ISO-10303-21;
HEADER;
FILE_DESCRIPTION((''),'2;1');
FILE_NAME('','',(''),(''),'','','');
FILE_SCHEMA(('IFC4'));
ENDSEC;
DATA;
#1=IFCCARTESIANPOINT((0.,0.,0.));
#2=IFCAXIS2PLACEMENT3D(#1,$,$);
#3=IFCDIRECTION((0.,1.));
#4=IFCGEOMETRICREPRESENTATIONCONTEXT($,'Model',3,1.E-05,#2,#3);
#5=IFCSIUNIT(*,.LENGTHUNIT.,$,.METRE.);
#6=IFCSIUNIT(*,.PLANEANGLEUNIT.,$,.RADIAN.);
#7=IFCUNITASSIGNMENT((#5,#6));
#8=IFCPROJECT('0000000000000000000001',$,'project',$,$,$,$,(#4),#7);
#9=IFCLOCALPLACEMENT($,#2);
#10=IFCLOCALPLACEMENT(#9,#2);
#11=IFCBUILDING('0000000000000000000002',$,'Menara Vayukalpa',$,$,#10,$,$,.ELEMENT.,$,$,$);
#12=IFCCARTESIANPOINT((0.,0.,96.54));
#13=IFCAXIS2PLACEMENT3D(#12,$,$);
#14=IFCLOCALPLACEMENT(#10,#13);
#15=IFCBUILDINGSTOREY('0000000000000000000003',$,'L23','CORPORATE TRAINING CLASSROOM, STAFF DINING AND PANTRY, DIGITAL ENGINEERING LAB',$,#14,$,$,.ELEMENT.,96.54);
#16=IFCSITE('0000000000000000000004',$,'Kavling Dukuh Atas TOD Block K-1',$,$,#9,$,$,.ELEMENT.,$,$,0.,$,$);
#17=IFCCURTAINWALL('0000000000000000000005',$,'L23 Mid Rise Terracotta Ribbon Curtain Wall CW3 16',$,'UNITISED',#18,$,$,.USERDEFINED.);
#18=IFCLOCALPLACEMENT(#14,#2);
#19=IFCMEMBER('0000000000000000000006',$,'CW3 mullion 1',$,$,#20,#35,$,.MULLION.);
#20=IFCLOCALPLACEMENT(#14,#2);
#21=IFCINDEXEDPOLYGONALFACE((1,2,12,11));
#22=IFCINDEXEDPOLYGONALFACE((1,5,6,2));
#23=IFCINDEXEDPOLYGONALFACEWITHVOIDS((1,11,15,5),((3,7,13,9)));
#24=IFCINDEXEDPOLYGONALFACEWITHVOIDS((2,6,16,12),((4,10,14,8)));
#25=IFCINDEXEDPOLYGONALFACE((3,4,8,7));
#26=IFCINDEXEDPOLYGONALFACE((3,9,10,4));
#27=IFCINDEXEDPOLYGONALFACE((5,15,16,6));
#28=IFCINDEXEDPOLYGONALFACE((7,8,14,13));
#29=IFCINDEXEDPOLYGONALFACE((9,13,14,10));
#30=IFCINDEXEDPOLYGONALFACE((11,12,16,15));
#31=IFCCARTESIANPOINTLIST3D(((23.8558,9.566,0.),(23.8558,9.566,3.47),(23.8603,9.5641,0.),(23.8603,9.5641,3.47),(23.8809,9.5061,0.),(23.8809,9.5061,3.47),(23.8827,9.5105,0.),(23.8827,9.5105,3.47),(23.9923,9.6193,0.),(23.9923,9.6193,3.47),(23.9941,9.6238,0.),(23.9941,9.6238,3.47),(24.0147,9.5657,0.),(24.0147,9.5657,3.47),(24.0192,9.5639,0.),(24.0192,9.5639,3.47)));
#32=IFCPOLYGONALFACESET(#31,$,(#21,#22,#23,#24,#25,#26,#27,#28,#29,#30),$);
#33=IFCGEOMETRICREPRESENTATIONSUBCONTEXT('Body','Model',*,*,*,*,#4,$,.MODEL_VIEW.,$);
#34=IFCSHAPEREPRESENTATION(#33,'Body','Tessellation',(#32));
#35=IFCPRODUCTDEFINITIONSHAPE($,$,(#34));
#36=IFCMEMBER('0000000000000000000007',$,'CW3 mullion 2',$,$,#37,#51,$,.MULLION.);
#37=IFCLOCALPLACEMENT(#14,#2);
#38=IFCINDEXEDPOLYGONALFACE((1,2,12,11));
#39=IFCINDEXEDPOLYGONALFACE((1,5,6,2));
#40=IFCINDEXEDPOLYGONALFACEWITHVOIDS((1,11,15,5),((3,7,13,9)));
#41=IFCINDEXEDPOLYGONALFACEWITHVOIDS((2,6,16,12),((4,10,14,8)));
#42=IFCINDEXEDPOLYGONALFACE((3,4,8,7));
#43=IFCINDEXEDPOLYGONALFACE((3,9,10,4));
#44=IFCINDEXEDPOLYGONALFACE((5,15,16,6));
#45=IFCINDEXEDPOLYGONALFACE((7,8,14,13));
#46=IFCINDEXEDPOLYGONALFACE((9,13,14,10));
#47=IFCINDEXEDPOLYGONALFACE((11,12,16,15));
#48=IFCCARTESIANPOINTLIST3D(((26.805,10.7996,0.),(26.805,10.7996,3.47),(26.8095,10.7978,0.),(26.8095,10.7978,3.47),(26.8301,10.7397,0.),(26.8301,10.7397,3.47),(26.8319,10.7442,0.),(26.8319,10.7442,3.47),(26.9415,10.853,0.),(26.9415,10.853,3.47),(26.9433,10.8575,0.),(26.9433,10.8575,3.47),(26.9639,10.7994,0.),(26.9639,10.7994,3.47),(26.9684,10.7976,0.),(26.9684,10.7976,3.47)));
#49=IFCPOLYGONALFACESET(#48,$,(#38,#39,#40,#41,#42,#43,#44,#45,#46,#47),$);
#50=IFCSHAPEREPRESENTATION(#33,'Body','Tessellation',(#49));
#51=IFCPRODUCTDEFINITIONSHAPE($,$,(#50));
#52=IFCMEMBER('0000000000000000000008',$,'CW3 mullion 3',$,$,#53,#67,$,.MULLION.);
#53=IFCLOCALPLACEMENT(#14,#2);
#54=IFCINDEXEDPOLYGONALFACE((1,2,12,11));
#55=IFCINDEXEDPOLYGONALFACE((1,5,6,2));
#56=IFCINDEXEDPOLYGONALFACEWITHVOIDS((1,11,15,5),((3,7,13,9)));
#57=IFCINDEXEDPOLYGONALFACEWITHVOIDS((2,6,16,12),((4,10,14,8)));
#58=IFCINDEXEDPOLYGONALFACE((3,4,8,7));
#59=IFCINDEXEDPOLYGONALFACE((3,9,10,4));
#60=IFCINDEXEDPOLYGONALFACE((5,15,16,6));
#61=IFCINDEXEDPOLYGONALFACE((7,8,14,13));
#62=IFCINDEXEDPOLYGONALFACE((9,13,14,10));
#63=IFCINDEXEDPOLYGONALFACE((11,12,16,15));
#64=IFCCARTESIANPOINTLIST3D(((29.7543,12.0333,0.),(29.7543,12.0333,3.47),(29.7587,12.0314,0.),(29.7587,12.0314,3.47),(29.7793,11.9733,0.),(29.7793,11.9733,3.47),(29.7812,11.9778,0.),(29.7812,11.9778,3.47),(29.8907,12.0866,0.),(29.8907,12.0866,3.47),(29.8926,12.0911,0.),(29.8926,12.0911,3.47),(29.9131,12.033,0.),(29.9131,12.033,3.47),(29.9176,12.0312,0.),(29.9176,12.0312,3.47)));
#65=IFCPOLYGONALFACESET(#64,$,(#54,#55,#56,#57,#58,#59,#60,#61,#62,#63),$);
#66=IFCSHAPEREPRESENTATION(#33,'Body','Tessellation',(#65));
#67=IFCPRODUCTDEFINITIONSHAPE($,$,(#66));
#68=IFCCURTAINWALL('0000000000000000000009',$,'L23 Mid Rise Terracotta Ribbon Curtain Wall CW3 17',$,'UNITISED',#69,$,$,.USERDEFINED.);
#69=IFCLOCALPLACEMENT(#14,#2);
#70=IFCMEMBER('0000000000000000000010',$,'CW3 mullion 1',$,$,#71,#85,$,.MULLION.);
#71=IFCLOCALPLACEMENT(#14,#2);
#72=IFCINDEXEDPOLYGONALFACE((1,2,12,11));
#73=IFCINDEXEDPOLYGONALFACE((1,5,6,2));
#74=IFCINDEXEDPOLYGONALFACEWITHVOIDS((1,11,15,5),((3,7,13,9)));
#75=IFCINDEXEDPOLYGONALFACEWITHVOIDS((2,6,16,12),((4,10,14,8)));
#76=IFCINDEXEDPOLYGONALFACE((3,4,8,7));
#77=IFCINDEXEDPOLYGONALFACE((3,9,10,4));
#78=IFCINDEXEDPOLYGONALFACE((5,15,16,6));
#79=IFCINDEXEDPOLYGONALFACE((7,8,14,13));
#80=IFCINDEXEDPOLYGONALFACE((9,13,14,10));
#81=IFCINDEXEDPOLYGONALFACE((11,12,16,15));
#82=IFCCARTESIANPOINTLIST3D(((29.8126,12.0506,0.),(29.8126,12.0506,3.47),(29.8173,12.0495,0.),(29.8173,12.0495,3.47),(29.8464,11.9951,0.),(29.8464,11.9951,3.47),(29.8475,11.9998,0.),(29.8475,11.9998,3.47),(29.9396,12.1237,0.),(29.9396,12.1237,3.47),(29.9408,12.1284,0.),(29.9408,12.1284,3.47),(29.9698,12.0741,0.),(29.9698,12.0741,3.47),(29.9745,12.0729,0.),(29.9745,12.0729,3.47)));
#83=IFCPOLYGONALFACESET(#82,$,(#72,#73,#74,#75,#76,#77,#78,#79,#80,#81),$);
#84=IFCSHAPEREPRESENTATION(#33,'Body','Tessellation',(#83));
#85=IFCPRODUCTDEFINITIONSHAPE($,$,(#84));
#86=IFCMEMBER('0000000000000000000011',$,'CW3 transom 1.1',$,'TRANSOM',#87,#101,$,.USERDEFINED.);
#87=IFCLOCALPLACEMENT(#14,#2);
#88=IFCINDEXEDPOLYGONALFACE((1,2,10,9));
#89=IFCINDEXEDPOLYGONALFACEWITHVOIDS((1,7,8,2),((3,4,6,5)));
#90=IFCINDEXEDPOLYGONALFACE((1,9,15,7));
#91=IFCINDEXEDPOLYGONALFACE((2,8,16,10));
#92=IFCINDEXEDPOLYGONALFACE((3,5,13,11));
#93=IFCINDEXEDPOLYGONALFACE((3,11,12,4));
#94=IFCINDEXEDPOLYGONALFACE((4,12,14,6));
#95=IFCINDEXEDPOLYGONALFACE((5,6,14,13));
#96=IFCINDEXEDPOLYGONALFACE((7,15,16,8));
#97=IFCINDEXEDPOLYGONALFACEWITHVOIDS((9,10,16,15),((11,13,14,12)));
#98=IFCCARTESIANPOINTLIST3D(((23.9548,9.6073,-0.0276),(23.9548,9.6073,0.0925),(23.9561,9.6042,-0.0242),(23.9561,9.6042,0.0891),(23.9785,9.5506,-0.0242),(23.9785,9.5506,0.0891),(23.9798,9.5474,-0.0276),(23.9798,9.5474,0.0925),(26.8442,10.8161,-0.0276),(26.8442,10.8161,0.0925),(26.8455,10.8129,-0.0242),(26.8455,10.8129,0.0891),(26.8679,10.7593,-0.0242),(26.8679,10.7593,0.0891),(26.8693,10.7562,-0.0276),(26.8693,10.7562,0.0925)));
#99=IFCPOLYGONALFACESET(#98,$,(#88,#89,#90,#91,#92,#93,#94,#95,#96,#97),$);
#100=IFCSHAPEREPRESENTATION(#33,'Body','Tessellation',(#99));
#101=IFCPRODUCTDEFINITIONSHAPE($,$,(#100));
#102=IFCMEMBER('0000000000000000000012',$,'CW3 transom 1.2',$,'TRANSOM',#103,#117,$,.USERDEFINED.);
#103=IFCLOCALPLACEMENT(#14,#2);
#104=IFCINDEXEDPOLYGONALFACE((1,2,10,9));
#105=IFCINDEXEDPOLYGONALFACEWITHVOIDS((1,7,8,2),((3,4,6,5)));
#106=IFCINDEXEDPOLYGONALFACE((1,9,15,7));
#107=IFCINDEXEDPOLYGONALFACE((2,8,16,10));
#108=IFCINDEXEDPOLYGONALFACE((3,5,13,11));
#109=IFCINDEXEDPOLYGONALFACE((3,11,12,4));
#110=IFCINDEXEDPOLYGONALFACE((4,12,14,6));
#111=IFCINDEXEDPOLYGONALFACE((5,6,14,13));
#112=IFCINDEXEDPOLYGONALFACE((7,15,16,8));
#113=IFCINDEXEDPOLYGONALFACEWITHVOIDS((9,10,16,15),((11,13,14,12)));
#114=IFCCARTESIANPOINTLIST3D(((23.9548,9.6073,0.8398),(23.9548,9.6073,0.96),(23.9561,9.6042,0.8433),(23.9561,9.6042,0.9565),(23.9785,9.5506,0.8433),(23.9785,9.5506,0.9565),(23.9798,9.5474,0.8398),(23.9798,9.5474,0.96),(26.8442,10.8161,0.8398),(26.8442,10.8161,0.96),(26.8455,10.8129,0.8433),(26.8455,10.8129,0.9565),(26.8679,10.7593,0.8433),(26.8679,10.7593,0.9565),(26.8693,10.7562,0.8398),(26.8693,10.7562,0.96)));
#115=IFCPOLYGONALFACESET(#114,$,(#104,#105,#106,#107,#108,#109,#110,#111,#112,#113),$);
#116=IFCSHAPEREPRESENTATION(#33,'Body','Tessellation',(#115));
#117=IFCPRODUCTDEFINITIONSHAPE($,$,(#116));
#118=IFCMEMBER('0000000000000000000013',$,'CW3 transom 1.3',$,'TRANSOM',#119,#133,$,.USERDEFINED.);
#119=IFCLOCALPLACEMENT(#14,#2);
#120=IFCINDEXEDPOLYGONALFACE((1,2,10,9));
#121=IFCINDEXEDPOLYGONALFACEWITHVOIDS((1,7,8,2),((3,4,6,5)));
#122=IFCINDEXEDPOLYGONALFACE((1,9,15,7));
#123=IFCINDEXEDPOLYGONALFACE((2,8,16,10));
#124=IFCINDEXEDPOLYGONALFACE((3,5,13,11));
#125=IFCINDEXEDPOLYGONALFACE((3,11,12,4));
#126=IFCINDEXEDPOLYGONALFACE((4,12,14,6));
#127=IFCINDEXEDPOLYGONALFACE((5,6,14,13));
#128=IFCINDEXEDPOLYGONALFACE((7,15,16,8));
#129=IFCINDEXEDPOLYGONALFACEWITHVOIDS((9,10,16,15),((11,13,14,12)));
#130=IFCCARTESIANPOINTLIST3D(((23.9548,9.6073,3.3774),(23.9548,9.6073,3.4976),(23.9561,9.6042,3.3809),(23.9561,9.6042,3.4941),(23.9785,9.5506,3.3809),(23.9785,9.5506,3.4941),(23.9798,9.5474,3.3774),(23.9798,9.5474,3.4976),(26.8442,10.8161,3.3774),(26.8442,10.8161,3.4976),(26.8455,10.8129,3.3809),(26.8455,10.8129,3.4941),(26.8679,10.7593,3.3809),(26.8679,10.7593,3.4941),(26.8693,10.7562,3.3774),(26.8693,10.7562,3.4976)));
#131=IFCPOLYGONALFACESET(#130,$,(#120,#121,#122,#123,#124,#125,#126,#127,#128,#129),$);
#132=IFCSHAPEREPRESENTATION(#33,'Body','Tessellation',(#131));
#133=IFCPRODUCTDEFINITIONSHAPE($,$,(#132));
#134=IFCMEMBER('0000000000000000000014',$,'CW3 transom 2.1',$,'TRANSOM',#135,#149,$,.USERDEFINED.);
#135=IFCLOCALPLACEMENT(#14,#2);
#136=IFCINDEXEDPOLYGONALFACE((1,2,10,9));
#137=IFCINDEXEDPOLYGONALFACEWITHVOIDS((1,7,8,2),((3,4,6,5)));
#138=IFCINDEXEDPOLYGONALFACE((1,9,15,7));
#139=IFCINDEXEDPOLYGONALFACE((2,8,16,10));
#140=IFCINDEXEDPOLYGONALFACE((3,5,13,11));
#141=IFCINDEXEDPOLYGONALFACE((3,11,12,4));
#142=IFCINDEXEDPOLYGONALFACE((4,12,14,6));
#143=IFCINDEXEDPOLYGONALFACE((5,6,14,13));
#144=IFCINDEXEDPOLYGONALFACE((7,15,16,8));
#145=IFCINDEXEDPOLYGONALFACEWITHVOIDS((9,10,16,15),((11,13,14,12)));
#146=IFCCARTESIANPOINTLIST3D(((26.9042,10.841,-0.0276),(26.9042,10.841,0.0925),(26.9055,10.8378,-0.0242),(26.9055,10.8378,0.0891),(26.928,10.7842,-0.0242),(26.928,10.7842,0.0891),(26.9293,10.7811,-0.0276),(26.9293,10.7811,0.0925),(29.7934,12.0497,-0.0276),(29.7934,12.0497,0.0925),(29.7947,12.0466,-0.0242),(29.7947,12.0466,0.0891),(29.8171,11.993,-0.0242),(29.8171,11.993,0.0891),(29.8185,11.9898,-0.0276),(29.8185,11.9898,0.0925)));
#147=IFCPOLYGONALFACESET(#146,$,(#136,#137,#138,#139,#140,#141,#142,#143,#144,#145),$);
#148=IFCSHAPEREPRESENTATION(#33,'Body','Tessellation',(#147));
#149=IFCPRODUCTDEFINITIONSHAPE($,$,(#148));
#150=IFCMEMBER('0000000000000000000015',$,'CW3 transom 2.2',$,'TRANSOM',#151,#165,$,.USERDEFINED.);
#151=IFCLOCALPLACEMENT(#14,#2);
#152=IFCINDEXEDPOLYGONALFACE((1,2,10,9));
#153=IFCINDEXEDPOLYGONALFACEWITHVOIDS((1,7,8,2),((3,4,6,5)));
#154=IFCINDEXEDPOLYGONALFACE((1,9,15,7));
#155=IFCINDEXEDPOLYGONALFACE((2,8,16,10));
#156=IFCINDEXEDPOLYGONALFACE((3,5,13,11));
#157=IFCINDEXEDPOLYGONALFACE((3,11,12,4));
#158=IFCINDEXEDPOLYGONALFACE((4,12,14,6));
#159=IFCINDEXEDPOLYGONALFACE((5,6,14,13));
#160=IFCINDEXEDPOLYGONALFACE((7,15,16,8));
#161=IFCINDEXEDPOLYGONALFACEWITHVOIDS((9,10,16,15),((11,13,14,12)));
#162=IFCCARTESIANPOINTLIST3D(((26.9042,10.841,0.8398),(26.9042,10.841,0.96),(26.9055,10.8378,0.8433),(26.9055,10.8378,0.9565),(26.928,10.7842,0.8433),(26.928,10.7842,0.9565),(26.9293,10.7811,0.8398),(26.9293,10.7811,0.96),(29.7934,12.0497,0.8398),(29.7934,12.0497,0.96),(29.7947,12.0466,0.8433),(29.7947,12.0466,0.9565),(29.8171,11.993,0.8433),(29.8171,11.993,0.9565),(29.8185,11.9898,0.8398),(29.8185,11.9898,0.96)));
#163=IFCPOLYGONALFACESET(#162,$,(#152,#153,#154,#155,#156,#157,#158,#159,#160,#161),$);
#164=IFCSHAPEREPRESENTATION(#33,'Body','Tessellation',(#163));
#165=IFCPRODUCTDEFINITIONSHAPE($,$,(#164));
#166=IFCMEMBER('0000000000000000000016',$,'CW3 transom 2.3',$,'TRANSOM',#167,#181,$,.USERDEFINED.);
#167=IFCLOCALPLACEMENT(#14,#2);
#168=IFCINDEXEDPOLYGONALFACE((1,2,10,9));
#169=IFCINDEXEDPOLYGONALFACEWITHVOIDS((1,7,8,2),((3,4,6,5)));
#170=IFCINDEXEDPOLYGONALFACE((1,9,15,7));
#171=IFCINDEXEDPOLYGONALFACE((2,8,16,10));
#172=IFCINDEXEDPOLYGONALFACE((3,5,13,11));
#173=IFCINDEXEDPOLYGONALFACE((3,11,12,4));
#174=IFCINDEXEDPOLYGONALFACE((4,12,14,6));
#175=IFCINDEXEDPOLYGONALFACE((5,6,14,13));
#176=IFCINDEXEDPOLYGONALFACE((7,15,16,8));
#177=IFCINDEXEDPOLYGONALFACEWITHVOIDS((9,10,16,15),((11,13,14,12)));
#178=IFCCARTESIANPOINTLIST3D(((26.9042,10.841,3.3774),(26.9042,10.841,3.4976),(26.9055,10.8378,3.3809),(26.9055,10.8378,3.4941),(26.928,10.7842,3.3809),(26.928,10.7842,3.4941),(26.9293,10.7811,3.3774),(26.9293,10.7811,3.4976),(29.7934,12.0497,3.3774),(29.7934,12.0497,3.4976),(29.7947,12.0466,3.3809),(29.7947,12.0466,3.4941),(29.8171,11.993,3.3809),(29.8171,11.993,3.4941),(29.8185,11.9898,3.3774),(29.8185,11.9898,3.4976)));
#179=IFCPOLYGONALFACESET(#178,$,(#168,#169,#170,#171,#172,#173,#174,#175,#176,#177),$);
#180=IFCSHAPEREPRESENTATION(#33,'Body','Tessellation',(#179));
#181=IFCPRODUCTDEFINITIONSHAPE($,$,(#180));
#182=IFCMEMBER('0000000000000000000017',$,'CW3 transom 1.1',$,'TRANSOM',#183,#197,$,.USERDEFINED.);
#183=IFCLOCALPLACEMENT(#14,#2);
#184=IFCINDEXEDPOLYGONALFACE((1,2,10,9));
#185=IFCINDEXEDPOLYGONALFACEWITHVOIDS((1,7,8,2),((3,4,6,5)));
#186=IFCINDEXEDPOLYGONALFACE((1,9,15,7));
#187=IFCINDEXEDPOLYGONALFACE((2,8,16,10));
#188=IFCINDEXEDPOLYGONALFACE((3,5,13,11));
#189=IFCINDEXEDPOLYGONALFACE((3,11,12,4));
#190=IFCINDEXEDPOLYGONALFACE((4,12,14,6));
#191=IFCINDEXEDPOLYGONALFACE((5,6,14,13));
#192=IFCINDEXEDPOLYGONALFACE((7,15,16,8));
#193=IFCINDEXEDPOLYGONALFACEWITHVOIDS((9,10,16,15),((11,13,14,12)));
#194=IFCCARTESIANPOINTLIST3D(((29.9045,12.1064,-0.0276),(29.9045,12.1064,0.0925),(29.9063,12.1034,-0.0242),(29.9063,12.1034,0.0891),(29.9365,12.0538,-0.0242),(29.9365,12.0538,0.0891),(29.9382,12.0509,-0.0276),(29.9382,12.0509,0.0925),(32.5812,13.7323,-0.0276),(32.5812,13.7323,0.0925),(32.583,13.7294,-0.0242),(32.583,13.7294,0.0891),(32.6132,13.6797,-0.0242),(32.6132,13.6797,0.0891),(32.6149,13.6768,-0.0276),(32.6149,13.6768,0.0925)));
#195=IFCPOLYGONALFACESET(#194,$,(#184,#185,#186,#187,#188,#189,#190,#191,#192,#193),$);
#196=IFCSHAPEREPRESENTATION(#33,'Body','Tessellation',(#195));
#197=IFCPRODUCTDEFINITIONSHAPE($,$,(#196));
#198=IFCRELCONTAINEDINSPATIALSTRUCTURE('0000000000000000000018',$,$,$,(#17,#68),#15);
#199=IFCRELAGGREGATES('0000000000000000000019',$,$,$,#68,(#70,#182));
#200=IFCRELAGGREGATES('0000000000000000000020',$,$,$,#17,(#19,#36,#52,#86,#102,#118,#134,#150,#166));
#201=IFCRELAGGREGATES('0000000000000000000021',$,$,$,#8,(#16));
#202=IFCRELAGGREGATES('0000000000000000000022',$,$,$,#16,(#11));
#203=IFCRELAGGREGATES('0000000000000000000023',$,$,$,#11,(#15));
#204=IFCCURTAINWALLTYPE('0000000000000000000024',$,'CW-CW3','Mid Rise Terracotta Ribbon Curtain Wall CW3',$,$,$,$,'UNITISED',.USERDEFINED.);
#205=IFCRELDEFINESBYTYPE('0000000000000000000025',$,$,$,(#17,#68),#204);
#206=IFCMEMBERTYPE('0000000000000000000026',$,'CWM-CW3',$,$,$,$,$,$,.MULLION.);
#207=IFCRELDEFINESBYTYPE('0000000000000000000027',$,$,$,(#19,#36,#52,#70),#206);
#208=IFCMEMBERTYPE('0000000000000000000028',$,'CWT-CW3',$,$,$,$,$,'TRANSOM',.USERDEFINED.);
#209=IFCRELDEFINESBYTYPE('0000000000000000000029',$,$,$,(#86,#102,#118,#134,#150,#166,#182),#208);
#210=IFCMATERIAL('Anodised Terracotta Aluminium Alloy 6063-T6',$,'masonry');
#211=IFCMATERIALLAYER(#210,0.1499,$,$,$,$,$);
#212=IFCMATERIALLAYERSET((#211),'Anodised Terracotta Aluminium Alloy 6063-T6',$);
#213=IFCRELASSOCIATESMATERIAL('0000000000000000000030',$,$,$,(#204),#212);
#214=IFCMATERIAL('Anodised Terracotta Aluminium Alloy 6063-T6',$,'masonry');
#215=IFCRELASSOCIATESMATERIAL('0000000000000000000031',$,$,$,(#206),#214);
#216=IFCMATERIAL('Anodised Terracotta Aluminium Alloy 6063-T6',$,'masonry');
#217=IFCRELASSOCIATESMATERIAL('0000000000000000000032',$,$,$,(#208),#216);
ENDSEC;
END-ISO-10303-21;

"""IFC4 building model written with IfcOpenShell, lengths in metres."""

from ifc_helpers import new_model, si_unit, direction, frame, origin, origin_2d, place, context, subcontext, project, spatial, hollow_rectangle, extrude, material, layer, layer_set, material_profile, profile_set, type_object, element, aggregate, save


model = new_model("IFC4")

# Units and contexts
model_context = context("Model", 3, precision=1e-05, world=origin(), true_north=direction((0.0, 1.0)))
body_context = subcontext(model_context, "Body", "Model", "MODEL_VIEW")
ifc_project = project(units=[si_unit("LENGTHUNIT", "METRE"), si_unit("PLANEANGLEUNIT", "RADIAN")], contexts=[model_context])

# Site, building, storey
site_placement = place(None, origin())
site = spatial("IfcSite", under=ifc_project, at=site_placement, Name="Kavling Dukuh Atas TOD Block K-1", CompositionType="ELEMENT", RefElevation=0.0)
building_placement = place(site_placement, origin())
building = spatial("IfcBuilding", under=site, at=building_placement, Name="Menara Vayukalpa", CompositionType="ELEMENT")
storey_placement = place(building_placement, frame((0.0, 0.0, 96.54)))
storey = spatial("IfcBuildingStorey", under=building, at=storey_placement, Name="L23", Description="CORPORATE TRAINING CLASSROOM, STAFF DINING AND PANTRY, DIGITAL ENGINEERING LAB", CompositionType="ELEMENT", Elevation=96.54)

# Curtain wall, members
ifc_material_1 = material(Name="Anodised Terracotta Aluminium Alloy 6063-T6", Category="masonry")
ifc_layer_1 = layer(ifc_material_1, 0.1499)
ifc_layer_set_1 = layer_set([ifc_layer_1], Name="Anodised Terracotta Aluminium Alloy 6063-T6")
curtain_wall_type = type_object("IfcCurtainWallType", Name="CW-CW3", Description="Mid Rise Terracotta Ribbon Curtain Wall CW3", ElementType="UNITISED", PredefinedType="USERDEFINED", material=ifc_layer_set_1)
curtain_wall_1_placement = place(storey_placement, origin())
curtain_wall_1 = element("IfcCurtainWall", 1, at=curtain_wall_1_placement, inside=storey, type_object=curtain_wall_type, Name="L23 Mid Rise Terracotta Ribbon Curtain Wall CW3 16", ObjectType="UNITISED", PredefinedType="USERDEFINED")
ifc_material_2 = material(Name="Anodised Terracotta Aluminium Alloy 6063-T6", Category="masonry")
ifc_material_profile_1 = material_profile(ifc_material_2, hollow_rectangle(XDim=0.0649, YDim=0.1499, WallThickness=0.0034, at=origin_2d()), Name="ALU 65x150x3.5")
ifc_profile_set_1 = profile_set([ifc_material_profile_1], Name="Anodised Terracotta Aluminium Alloy 6063-T6")
member_type_1 = type_object("IfcMemberType", Name="CWM-CW3", PredefinedType="MULLION", material=ifc_profile_set_1)
member_1_placement = place(storey_placement, frame((23.9375, 9.5649, 0.0), z_axis=(0.0, 0.0, 1.0), x_axis=(-0.385894, 0.922543, 0.0)))
member_1 = element("IfcMember", 2, at=member_1_placement, type_object=member_type_1, Name="CW3 mullion 1", PredefinedType="MULLION", context=body_context, shape_type="SweptSolid", body=[
    extrude(hollow_rectangle(XDim=0.0649, YDim=0.1499, WallThickness=0.0034, at=origin_2d()), origin(), (0.0, 0.0, 1.0), 3.47),
])
member_2_placement = place(storey_placement, frame((26.8867, 10.7986, 0.0), z_axis=(0.0, 0.0, 1.0), x_axis=(-0.385894, 0.922543, 0.0)))
member_2 = element("IfcMember", 3, at=member_2_placement, type_object=member_type_1, Name="CW3 mullion 2", PredefinedType="MULLION", context=body_context, shape_type="SweptSolid", body=[
    extrude(hollow_rectangle(XDim=0.0649, YDim=0.1499, WallThickness=0.0034, at=origin_2d()), origin(), (0.0, 0.0, 1.0), 3.47),
])
member_3_placement = place(storey_placement, frame((29.8359, 12.0322, 0.0), z_axis=(0.0, 0.0, 1.0), x_axis=(-0.385894, 0.922543, 0.0)))
member_3 = element("IfcMember", 4, at=member_3_placement, type_object=member_type_1, Name="CW3 mullion 3", PredefinedType="MULLION", context=body_context, shape_type="SweptSolid", body=[
    extrude(hollow_rectangle(XDim=0.0649, YDim=0.1499, WallThickness=0.0034, at=origin_2d()), origin(), (0.0, 0.0, 1.0), 3.47),
])

# Curtain wall, member
curtain_wall_2_placement = place(storey_placement, origin())
curtain_wall_2 = element("IfcCurtainWall", 5, at=curtain_wall_2_placement, inside=storey, type_object=curtain_wall_type, Name="L23 Mid Rise Terracotta Ribbon Curtain Wall CW3 17", ObjectType="UNITISED", PredefinedType="USERDEFINED")
member_4_placement = place(storey_placement, frame((29.8936, 12.0618, 0.0), z_axis=(0.0, 0.0, 1.0), x_axis=(-0.519183, 0.854663, 0.0)))
member_4 = element("IfcMember", 6, at=member_4_placement, type_object=member_type_1, Name="CW3 mullion 1", PredefinedType="MULLION", context=body_context, shape_type="SweptSolid", body=[
    extrude(hollow_rectangle(XDim=0.0649, YDim=0.1499, WallThickness=0.0034, at=origin_2d()), origin(), (0.0, 0.0, 1.0), 3.47),
])

# Members
ifc_material_3 = material(Name="Anodised Terracotta Aluminium Alloy 6063-T6", Category="masonry")
ifc_material_profile_2 = material_profile(ifc_material_3, hollow_rectangle(XDim=0.0649, YDim=0.1201, WallThickness=0.0034, at=origin_2d()), Name="ALU 65x120x3.5")
ifc_profile_set_2 = profile_set([ifc_material_profile_2], Name="Anodised Terracotta Aluminium Alloy 6063-T6")
member_type_2 = type_object("IfcMemberType", Name="CWT-CW3", ElementType="TRANSOM", PredefinedType="USERDEFINED", material=ifc_profile_set_2)
member_5_placement = place(storey_placement, frame((23.9673, 9.5774, 0.0325), z_axis=(0.922529, 0.385927, 0.0), x_axis=(-0.385927, 0.922529, 0.0)))
member_5 = element("IfcMember", 7, at=member_5_placement, type_object=member_type_2, Name="CW3 transom 1.1", ObjectType="TRANSOM", PredefinedType="USERDEFINED", context=body_context, shape_type="SweptSolid", body=[
    extrude(hollow_rectangle(XDim=0.0649, YDim=0.1201, WallThickness=0.0034, at=origin_2d()), origin(), (0.0, 0.0, 1.0), 3.1321),
])
member_6_placement = place(storey_placement, frame((23.9673, 9.5774, 0.8999), z_axis=(0.922529, 0.385927, 0.0), x_axis=(-0.385927, 0.922529, 0.0)))
member_6 = element("IfcMember", 8, at=member_6_placement, type_object=member_type_2, Name="CW3 transom 1.2", ObjectType="TRANSOM", PredefinedType="USERDEFINED", context=body_context, shape_type="SweptSolid", body=[
    extrude(hollow_rectangle(XDim=0.0649, YDim=0.1201, WallThickness=0.0034, at=origin_2d()), origin(), (0.0, 0.0, 1.0), 3.1321),
])
member_7_placement = place(storey_placement, frame((23.9673, 9.5774, 3.4375), z_axis=(0.922529, 0.385927, 0.0), x_axis=(-0.385927, 0.922529, 0.0)))
member_7 = element("IfcMember", 9, at=member_7_placement, type_object=member_type_2, Name="CW3 transom 1.3", ObjectType="TRANSOM", PredefinedType="USERDEFINED", context=body_context, shape_type="SweptSolid", body=[
    extrude(hollow_rectangle(XDim=0.0649, YDim=0.1201, WallThickness=0.0034, at=origin_2d()), origin(), (0.0, 0.0, 1.0), 3.1321),
])
member_8_placement = place(storey_placement, frame((26.9167, 10.811, 0.0325), z_axis=(0.922518, 0.385955, 0.0), x_axis=(-0.385955, 0.922518, 0.0)))
member_8 = element("IfcMember", 10, at=member_8_placement, type_object=member_type_2, Name="CW3 transom 2.1", ObjectType="TRANSOM", PredefinedType="USERDEFINED", context=body_context, shape_type="SweptSolid", body=[
    extrude(hollow_rectangle(XDim=0.0649, YDim=0.1201, WallThickness=0.0034, at=origin_2d()), origin(), (0.0, 0.0, 1.0), 3.1318),
])
member_9_placement = place(storey_placement, frame((26.9167, 10.811, 0.8999), z_axis=(0.922518, 0.385955, 0.0), x_axis=(-0.385955, 0.922518, 0.0)))
member_9 = element("IfcMember", 11, at=member_9_placement, type_object=member_type_2, Name="CW3 transom 2.2", ObjectType="TRANSOM", PredefinedType="USERDEFINED", context=body_context, shape_type="SweptSolid", body=[
    extrude(hollow_rectangle(XDim=0.0649, YDim=0.1201, WallThickness=0.0034, at=origin_2d()), origin(), (0.0, 0.0, 1.0), 3.1318),
])
member_10_placement = place(storey_placement, frame((26.9167, 10.811, 3.4375), z_axis=(0.922518, 0.385955, 0.0), x_axis=(-0.385955, 0.922518, 0.0)))
member_10 = element("IfcMember", 12, at=member_10_placement, type_object=member_type_2, Name="CW3 transom 2.3", ObjectType="TRANSOM", PredefinedType="USERDEFINED", context=body_context, shape_type="SweptSolid", body=[
    extrude(hollow_rectangle(XDim=0.0649, YDim=0.1201, WallThickness=0.0034, at=origin_2d()), origin(), (0.0, 0.0, 1.0), 3.1318),
])
member_11_placement = place(storey_placement, frame((29.9214, 12.0786, 0.0325), z_axis=(0.854674, 0.519165, 0.0), x_axis=(-0.519165, 0.854674, 0.0)))
member_11 = element("IfcMember", 13, at=member_11_placement, type_object=member_type_2, Name="CW3 transom 1.1", ObjectType="TRANSOM", PredefinedType="USERDEFINED", context=body_context, shape_type="SweptSolid", body=[
    extrude(hollow_rectangle(XDim=0.0649, YDim=0.1201, WallThickness=0.0034, at=origin_2d()), origin(), (0.0, 0.0, 1.0), 3.1318),
])
aggregate(curtain_wall_2, [member_4, member_11])

aggregate(curtain_wall_1, [member_1, member_2, member_3, member_5, member_6, member_7, member_8, member_9, member_10])

save(model, "model.ifc")
